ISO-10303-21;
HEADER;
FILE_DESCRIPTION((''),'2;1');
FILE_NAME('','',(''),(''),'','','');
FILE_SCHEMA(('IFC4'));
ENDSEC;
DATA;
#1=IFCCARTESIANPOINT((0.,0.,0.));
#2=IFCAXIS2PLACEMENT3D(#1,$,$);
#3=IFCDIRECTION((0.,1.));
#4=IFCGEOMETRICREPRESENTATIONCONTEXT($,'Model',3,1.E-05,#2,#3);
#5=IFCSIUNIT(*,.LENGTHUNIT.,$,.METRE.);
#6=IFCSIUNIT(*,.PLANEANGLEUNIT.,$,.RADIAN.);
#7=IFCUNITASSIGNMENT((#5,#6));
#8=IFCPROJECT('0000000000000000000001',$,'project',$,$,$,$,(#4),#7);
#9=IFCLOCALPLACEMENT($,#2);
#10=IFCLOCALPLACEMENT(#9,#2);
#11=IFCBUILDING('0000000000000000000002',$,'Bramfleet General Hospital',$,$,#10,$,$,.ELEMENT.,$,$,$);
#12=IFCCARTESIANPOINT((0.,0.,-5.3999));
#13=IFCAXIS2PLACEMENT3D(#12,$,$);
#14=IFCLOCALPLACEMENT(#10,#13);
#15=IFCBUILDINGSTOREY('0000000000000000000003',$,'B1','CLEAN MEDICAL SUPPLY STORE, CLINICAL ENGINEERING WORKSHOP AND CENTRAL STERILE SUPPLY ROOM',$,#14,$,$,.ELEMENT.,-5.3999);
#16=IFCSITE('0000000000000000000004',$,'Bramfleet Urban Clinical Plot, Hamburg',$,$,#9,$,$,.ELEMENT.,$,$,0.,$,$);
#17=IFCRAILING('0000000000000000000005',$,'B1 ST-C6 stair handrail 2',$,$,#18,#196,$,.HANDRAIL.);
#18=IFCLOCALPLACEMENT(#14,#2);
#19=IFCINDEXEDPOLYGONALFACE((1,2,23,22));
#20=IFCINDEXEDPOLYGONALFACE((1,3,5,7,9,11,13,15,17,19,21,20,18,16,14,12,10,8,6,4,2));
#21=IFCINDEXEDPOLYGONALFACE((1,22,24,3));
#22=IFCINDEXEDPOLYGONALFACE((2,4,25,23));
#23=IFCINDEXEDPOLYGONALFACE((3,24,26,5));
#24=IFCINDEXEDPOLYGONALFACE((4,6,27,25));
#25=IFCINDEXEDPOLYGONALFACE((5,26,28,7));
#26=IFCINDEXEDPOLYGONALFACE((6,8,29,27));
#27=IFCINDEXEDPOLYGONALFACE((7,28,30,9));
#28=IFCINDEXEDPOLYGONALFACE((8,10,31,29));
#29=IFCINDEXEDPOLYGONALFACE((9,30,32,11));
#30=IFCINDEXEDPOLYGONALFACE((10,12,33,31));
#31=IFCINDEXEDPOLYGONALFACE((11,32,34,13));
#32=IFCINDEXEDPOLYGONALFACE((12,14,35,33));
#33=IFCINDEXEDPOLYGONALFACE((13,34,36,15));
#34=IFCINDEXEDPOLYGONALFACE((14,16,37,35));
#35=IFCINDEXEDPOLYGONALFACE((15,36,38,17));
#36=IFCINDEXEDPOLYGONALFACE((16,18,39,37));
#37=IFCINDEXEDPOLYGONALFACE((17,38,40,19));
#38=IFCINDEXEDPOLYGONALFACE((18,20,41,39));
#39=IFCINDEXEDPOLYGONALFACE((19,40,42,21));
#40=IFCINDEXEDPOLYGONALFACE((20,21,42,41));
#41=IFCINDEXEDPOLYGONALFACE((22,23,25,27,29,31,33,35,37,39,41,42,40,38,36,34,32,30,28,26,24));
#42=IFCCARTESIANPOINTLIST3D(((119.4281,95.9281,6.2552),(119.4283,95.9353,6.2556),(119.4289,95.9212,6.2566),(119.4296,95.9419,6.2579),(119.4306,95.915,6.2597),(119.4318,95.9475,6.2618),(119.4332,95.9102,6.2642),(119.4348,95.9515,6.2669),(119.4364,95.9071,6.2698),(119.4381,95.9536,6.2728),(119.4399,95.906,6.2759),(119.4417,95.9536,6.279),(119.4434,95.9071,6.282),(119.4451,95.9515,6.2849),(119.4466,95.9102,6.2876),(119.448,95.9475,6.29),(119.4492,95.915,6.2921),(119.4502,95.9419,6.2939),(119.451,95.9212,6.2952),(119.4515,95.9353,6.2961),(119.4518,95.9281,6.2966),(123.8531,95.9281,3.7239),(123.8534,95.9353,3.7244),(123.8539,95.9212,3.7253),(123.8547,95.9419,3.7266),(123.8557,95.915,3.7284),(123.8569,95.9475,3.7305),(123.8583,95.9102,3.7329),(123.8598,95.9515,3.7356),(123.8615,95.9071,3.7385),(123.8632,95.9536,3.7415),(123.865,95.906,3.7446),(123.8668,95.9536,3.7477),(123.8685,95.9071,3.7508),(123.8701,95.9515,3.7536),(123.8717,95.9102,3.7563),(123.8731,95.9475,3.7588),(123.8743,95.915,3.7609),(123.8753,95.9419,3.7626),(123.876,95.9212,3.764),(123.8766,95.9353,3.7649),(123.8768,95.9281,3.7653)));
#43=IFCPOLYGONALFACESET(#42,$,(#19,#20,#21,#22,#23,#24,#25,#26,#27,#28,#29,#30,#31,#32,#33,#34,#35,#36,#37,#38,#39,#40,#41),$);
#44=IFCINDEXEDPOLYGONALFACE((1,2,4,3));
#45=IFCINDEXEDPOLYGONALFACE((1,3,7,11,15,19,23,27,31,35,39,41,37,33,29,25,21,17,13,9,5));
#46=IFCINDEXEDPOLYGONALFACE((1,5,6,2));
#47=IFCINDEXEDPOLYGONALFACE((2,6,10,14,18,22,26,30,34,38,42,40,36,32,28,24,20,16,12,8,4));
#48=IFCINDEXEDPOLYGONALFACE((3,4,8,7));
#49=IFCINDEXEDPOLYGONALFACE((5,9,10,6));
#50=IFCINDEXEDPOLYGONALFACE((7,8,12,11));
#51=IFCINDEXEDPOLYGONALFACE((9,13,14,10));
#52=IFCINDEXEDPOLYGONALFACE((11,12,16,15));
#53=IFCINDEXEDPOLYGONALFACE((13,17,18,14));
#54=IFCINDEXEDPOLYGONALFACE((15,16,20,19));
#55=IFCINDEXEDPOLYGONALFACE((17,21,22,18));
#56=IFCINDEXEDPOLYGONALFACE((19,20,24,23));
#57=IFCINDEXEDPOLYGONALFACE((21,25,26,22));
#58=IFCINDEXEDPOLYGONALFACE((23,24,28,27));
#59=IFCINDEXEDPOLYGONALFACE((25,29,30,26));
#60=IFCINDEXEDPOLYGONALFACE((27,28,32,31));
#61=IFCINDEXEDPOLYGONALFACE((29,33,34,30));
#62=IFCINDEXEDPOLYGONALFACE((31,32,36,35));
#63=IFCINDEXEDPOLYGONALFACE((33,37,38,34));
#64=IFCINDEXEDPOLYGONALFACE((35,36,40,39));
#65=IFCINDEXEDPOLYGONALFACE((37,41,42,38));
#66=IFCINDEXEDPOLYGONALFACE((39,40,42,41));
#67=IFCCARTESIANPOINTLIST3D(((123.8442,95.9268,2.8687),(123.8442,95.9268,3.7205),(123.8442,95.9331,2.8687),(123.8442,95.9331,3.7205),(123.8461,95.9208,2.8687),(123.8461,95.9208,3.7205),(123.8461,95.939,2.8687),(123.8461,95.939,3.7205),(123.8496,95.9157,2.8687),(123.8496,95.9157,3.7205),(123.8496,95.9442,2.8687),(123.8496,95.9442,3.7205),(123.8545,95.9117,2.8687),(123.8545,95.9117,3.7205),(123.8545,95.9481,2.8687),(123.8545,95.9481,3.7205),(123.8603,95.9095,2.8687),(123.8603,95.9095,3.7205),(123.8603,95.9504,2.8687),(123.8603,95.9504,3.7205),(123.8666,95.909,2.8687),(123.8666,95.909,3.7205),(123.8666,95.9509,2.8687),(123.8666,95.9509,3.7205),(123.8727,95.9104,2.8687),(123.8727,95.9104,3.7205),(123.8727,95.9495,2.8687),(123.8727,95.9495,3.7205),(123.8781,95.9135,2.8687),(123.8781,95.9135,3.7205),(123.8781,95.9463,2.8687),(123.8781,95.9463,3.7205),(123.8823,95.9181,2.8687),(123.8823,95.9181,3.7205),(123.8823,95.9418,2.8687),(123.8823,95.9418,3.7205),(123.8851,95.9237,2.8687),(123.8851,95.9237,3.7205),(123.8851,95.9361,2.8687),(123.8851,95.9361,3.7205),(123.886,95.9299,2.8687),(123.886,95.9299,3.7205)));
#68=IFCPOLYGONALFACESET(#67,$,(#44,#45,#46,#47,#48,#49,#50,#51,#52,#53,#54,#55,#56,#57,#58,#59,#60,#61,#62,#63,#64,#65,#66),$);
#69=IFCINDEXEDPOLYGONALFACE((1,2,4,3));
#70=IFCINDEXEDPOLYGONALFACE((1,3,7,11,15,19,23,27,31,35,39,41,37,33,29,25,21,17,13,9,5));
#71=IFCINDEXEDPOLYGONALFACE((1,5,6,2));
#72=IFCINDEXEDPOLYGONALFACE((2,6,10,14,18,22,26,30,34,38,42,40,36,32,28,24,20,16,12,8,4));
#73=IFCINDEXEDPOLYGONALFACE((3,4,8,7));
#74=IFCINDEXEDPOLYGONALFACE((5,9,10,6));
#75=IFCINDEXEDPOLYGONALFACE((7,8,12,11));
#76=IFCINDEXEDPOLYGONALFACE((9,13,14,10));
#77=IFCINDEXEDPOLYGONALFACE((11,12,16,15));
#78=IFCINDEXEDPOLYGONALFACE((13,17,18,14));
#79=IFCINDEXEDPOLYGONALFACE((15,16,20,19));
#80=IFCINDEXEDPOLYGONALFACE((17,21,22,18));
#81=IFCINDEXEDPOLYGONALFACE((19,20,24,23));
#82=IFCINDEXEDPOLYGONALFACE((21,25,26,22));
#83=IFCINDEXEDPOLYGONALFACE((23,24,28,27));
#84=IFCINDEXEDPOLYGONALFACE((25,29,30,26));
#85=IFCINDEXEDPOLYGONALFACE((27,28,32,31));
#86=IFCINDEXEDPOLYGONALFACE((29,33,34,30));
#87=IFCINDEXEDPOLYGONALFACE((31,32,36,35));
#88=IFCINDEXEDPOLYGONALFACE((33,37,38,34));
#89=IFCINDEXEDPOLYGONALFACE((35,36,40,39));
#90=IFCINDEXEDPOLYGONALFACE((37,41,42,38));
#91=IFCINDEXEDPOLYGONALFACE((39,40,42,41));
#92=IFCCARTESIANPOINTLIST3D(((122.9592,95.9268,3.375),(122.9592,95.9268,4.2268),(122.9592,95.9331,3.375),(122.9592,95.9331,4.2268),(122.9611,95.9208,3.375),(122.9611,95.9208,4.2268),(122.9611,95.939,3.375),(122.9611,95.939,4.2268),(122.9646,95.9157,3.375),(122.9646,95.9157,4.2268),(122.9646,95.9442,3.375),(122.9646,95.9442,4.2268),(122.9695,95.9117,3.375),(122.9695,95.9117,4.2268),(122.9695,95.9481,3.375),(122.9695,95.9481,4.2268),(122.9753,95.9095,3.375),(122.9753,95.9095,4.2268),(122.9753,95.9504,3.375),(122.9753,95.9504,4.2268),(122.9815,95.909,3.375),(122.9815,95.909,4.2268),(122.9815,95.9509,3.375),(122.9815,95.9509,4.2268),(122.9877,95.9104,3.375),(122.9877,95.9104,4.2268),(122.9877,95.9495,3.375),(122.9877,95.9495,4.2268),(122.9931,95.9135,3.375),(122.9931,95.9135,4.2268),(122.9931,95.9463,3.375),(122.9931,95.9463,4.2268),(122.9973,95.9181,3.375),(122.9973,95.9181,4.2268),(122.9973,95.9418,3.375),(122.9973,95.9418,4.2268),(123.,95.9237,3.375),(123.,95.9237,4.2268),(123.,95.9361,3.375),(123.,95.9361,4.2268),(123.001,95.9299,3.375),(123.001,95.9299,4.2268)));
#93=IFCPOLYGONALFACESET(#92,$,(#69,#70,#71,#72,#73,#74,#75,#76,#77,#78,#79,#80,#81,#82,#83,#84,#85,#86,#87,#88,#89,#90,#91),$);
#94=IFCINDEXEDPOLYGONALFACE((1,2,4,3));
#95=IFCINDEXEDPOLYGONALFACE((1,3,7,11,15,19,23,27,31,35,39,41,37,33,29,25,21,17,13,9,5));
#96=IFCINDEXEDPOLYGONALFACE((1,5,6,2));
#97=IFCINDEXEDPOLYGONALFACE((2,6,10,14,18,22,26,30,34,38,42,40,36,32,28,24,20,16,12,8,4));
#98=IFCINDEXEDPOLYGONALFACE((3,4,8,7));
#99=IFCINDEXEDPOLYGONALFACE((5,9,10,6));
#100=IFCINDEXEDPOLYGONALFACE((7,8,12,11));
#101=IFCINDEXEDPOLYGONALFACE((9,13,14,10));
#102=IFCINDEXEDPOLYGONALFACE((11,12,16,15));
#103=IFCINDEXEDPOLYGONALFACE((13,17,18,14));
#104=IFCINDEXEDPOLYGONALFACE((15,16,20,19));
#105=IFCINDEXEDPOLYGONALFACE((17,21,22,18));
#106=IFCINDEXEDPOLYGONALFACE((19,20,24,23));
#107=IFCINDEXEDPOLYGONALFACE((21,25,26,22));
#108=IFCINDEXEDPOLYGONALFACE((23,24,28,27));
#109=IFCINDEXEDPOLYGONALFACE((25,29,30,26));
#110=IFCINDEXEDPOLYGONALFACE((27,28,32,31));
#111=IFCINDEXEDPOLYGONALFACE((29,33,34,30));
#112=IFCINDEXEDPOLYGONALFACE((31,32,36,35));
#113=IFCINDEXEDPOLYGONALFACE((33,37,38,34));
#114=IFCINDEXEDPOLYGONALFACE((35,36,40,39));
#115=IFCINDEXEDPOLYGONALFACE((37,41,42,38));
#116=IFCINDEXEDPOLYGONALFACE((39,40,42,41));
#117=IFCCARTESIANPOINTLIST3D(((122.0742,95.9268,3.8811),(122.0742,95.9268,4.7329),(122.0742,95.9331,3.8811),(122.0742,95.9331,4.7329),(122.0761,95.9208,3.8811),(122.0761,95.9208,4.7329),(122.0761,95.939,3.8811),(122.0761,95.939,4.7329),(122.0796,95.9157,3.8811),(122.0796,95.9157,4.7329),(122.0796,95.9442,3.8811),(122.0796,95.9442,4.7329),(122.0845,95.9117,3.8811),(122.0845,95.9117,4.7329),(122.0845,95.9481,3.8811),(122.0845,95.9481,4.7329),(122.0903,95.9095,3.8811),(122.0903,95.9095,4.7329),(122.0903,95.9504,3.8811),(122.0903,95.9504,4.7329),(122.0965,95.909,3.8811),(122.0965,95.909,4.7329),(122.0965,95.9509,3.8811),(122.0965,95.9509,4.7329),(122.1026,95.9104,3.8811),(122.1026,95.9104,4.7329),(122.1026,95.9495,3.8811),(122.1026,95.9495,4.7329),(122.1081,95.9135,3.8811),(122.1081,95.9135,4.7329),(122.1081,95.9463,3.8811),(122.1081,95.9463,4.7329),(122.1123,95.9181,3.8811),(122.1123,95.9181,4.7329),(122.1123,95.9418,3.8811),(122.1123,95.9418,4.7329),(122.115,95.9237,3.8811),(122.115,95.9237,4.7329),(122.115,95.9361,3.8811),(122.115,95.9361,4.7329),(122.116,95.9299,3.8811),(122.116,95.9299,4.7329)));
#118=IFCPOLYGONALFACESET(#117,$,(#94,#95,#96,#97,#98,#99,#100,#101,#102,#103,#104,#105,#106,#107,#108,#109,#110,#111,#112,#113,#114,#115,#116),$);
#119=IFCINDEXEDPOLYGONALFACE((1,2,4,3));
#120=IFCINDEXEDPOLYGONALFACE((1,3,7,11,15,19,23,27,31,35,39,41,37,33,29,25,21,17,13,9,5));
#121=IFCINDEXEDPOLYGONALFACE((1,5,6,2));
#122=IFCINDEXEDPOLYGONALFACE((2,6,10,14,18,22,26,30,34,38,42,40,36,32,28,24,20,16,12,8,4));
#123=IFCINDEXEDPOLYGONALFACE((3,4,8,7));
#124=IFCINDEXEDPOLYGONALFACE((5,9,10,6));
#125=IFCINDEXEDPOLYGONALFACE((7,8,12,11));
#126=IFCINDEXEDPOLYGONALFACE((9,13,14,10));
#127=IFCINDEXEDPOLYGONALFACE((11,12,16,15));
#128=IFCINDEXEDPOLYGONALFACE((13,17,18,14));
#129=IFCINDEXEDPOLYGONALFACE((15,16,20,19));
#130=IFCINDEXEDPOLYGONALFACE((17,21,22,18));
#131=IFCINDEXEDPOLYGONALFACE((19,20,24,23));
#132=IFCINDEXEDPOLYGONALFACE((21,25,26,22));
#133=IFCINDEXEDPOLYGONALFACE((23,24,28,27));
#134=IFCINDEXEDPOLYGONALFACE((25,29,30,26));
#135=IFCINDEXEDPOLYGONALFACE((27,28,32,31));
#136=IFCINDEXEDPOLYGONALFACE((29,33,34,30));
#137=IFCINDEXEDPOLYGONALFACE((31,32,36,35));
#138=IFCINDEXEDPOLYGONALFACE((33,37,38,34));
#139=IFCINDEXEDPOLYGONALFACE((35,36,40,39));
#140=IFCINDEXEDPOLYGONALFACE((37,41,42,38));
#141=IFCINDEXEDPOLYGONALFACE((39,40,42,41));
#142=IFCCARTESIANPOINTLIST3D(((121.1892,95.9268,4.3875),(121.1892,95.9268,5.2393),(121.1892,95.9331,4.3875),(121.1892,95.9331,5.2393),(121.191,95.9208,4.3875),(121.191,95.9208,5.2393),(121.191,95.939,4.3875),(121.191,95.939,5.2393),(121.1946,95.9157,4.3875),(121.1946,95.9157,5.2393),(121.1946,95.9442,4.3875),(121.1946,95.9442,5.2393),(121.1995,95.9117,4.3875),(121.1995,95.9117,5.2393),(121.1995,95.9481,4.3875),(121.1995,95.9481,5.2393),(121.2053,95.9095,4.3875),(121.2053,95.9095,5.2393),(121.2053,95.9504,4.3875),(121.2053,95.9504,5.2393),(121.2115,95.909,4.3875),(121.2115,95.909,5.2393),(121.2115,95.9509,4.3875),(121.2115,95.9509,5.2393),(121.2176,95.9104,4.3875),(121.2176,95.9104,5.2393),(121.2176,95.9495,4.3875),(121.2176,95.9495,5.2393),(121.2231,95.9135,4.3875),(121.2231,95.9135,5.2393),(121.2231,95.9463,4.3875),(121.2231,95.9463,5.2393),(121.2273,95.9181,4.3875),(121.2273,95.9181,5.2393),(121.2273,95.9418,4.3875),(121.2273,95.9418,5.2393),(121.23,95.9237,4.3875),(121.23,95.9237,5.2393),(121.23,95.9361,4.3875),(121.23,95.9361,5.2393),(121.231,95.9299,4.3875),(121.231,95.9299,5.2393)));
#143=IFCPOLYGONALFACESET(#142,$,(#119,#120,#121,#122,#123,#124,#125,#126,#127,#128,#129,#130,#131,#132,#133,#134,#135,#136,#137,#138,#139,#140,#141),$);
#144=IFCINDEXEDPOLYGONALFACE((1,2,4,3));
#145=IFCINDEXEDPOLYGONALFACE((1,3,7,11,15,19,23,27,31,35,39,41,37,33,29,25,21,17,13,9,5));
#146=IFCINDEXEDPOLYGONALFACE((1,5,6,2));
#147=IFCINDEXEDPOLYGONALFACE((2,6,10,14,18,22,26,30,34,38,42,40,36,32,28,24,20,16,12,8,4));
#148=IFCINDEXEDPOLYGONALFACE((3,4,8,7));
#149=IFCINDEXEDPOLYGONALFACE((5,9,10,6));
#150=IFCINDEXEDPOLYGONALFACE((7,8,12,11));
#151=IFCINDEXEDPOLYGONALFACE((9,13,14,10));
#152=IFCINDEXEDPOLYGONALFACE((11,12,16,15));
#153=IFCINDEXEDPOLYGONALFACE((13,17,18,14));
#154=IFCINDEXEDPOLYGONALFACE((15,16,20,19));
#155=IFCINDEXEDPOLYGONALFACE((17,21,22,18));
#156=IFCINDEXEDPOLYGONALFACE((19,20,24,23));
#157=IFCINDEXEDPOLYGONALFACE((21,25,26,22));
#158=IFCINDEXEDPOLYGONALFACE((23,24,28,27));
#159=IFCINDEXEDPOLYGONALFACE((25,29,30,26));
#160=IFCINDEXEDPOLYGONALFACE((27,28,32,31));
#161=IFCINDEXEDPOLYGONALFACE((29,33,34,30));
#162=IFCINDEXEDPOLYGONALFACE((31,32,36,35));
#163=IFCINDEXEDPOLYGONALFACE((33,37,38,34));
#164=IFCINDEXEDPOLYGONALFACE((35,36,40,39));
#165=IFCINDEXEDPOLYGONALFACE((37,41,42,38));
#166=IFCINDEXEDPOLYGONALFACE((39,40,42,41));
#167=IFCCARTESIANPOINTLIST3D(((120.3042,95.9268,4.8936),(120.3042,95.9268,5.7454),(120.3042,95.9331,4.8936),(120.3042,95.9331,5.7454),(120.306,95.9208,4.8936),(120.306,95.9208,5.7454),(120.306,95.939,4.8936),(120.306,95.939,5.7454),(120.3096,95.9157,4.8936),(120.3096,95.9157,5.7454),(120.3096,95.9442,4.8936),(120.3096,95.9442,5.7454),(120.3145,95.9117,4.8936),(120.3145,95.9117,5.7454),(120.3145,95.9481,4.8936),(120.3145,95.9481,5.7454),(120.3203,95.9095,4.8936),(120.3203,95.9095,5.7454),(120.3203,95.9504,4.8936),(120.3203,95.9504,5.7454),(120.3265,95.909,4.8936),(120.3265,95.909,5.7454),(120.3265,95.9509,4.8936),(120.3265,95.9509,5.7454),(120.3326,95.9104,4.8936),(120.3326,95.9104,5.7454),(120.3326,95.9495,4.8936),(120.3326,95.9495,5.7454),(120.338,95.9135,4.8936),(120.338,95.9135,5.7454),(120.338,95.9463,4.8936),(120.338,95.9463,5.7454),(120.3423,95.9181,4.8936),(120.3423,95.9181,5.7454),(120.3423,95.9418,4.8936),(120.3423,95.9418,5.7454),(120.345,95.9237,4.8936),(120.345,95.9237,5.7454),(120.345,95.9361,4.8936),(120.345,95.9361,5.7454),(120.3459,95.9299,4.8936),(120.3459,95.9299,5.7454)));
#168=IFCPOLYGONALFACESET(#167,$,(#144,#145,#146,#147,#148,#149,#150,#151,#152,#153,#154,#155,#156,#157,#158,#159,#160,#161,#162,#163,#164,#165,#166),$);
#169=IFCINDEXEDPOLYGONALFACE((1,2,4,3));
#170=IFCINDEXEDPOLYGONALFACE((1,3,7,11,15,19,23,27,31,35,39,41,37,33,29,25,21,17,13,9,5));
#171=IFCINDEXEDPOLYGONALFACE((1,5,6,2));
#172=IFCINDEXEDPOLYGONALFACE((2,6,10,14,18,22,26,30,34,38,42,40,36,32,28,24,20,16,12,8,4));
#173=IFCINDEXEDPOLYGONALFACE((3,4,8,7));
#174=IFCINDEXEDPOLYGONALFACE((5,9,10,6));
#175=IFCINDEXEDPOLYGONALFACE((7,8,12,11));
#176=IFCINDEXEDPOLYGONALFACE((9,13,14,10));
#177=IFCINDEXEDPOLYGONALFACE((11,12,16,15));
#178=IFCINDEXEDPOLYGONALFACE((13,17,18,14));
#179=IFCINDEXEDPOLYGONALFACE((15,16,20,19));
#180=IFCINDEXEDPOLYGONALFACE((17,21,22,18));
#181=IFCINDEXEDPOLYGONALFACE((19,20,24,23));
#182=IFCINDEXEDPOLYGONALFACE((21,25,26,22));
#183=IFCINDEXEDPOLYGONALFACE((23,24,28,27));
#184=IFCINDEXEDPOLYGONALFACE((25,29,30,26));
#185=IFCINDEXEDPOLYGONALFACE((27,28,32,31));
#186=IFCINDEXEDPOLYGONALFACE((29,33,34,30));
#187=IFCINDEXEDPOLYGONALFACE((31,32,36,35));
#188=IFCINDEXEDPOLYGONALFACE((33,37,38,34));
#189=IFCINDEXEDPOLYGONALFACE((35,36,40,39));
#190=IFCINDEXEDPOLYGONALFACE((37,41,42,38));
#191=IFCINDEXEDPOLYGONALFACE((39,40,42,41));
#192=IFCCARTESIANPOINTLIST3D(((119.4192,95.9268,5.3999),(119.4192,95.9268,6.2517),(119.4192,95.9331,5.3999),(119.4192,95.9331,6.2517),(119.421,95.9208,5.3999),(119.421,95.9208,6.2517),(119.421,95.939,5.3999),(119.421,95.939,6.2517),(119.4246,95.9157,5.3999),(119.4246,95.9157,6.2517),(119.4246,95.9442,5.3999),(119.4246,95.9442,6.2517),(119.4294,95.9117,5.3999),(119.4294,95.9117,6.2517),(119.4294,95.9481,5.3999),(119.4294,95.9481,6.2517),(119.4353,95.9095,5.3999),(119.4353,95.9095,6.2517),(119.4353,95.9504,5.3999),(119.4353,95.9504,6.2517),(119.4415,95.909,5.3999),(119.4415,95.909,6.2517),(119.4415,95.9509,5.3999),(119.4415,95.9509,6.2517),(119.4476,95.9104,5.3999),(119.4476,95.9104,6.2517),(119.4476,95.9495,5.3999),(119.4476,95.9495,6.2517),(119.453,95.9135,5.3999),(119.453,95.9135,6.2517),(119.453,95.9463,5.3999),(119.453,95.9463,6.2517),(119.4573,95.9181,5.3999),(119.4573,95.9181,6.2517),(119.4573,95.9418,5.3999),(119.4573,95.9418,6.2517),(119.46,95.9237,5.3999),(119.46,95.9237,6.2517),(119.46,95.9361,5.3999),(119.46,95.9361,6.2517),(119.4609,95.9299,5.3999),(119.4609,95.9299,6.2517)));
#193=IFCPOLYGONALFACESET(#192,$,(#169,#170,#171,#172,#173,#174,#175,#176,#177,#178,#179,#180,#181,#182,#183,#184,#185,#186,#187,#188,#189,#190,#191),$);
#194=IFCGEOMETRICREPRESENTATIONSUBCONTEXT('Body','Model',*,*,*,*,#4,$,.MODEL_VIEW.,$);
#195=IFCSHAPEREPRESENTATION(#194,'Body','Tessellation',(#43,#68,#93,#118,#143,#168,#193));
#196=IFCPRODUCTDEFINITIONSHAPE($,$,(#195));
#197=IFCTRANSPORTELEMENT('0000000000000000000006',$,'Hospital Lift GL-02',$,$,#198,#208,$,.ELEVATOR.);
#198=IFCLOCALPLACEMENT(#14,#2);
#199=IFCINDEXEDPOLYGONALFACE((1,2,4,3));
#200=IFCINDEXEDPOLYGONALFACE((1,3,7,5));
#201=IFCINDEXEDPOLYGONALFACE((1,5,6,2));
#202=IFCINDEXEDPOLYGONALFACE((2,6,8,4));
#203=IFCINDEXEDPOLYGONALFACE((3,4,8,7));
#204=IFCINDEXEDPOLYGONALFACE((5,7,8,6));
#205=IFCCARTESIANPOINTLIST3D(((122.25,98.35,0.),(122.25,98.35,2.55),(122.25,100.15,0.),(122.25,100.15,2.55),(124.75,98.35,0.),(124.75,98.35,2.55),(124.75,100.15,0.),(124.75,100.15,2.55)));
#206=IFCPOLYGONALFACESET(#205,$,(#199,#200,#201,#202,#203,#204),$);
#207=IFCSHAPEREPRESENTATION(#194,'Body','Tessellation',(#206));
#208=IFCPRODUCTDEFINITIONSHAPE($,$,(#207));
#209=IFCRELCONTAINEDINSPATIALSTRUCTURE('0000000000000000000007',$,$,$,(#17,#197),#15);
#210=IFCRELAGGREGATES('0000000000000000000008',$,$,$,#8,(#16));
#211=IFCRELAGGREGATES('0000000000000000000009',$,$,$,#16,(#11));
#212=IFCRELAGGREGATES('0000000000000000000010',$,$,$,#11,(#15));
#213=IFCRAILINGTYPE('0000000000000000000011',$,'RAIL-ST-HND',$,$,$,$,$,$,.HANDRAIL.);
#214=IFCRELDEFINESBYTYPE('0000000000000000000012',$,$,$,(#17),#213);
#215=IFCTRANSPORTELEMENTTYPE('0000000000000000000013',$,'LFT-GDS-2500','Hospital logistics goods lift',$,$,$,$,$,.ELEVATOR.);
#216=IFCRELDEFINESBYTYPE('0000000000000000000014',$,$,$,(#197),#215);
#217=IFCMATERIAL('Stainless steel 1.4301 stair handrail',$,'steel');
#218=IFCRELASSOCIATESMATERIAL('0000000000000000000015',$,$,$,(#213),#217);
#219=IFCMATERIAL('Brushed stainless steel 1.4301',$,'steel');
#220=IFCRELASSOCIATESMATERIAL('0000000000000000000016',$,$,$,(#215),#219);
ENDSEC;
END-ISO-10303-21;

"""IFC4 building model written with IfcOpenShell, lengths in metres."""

from ifc_helpers import new_model, si_unit, direction, frame, origin, origin_2d, place, context, subcontext, project, spatial, rectangle, circle, extrude, material, type_object, element, save


model = new_model("IFC4")

# Units and contexts
model_context = context("Model", 3, precision=1e-05, world=origin(), true_north=direction((0.0, 1.0)))
body_context = subcontext(model_context, "Body", "Model", "MODEL_VIEW")
ifc_project = project(units=[si_unit("LENGTHUNIT", "METRE"), si_unit("PLANEANGLEUNIT", "RADIAN")], contexts=[model_context])

# Site, building, storey
site_placement = place(None, origin())
site = spatial("IfcSite", under=ifc_project, at=site_placement, Name="Bramfleet Urban Clinical Plot, Hamburg", CompositionType="ELEMENT", RefElevation=0.0)
building_placement = place(site_placement, origin())
building = spatial("IfcBuilding", under=site, at=building_placement, Name="Bramfleet General Hospital", CompositionType="ELEMENT")
storey_placement = place(building_placement, frame((0.0, 0.0, -5.3999)))
storey = spatial("IfcBuildingStorey", under=building, at=storey_placement, Name="B1", Description="CLEAN MEDICAL SUPPLY STORE, CLINICAL ENGINEERING WORKSHOP AND CENTRAL STERILE SUPPLY ROOM", CompositionType="ELEMENT", Elevation=-5.3999)

# Shared definitions
ifc_material_1 = material(Name="Brushed stainless steel 1.4301", Category="steel")

# Railing
ifc_material_2 = material(Name="Stainless steel 1.4301 stair handrail", Category="steel")
railing_type_1 = type_object("IfcRailingType", Name="RAIL-ST-HND", PredefinedType="HANDRAIL", material=ifc_material_2)
railing_1_placement = place(storey_placement, frame((123.865, 95.9299, 2.8687)))
element("IfcRailing", 1, at=railing_1_placement, inside=storey, type_object=railing_type_1, Name="B1 ST-C6 stair handrail 2", PredefinedType="HANDRAIL", context=body_context, shape_type="SweptSolid", body=[
    extrude(circle(Radius=0.0239, at=origin_2d()), frame((0.0, 0.0, 0.876), z_axis=(-0.868019, 0.0, 0.496531), x_axis=(0.0, -1.0, 0.0)), (0.0, 0.0, 1.0), 5.0979),
    extrude(circle(Radius=0.021, at=origin_2d()), origin(), (0.0, 0.0, 1.0), 0.8518),
    extrude(circle(Radius=0.021, at=origin_2d()), frame((-0.885, 0.0, 0.5063)), (0.0, 0.0, 1.0), 0.8518),
    extrude(circle(Radius=0.021, at=origin_2d()), frame((-1.77, 0.0, 1.0125)), (0.0, 0.0, 1.0), 0.8518),
    extrude(circle(Radius=0.021, at=origin_2d()), frame((-2.655, 0.0, 1.5188)), (0.0, 0.0, 1.0), 0.8518),
    extrude(circle(Radius=0.021, at=origin_2d()), frame((-3.54, 0.0, 2.0249)), (0.0, 0.0, 1.0), 0.8518),
    extrude(circle(Radius=0.021, at=origin_2d()), frame((-4.425, 0.0, 2.5312)), (0.0, 0.0, 1.0), 0.8518),
])

# Transport element
transport_element_type_1 = type_object("IfcTransportElementType", Name="LFT-GDS-2500", Description="Hospital logistics goods lift", PredefinedType="ELEVATOR", material=ifc_material_1)
transport_element_1_placement = place(storey_placement, frame((123.5, 99.25, 0.0), z_axis=(0.0, 0.0, 1.0), x_axis=(1.0, 0.0, 0.0)))
element("IfcTransportElement", 2, at=transport_element_1_placement, inside=storey, type_object=transport_element_type_1, Name="Hospital Lift GL-02", PredefinedType="ELEVATOR", context=body_context, shape_type="SweptSolid", body=[
    extrude(rectangle(XDim=2.5, YDim=1.8, at=origin_2d()), origin(), (0.0, 0.0, 1.0), 2.55),
])

save(model, "model.ifc")
